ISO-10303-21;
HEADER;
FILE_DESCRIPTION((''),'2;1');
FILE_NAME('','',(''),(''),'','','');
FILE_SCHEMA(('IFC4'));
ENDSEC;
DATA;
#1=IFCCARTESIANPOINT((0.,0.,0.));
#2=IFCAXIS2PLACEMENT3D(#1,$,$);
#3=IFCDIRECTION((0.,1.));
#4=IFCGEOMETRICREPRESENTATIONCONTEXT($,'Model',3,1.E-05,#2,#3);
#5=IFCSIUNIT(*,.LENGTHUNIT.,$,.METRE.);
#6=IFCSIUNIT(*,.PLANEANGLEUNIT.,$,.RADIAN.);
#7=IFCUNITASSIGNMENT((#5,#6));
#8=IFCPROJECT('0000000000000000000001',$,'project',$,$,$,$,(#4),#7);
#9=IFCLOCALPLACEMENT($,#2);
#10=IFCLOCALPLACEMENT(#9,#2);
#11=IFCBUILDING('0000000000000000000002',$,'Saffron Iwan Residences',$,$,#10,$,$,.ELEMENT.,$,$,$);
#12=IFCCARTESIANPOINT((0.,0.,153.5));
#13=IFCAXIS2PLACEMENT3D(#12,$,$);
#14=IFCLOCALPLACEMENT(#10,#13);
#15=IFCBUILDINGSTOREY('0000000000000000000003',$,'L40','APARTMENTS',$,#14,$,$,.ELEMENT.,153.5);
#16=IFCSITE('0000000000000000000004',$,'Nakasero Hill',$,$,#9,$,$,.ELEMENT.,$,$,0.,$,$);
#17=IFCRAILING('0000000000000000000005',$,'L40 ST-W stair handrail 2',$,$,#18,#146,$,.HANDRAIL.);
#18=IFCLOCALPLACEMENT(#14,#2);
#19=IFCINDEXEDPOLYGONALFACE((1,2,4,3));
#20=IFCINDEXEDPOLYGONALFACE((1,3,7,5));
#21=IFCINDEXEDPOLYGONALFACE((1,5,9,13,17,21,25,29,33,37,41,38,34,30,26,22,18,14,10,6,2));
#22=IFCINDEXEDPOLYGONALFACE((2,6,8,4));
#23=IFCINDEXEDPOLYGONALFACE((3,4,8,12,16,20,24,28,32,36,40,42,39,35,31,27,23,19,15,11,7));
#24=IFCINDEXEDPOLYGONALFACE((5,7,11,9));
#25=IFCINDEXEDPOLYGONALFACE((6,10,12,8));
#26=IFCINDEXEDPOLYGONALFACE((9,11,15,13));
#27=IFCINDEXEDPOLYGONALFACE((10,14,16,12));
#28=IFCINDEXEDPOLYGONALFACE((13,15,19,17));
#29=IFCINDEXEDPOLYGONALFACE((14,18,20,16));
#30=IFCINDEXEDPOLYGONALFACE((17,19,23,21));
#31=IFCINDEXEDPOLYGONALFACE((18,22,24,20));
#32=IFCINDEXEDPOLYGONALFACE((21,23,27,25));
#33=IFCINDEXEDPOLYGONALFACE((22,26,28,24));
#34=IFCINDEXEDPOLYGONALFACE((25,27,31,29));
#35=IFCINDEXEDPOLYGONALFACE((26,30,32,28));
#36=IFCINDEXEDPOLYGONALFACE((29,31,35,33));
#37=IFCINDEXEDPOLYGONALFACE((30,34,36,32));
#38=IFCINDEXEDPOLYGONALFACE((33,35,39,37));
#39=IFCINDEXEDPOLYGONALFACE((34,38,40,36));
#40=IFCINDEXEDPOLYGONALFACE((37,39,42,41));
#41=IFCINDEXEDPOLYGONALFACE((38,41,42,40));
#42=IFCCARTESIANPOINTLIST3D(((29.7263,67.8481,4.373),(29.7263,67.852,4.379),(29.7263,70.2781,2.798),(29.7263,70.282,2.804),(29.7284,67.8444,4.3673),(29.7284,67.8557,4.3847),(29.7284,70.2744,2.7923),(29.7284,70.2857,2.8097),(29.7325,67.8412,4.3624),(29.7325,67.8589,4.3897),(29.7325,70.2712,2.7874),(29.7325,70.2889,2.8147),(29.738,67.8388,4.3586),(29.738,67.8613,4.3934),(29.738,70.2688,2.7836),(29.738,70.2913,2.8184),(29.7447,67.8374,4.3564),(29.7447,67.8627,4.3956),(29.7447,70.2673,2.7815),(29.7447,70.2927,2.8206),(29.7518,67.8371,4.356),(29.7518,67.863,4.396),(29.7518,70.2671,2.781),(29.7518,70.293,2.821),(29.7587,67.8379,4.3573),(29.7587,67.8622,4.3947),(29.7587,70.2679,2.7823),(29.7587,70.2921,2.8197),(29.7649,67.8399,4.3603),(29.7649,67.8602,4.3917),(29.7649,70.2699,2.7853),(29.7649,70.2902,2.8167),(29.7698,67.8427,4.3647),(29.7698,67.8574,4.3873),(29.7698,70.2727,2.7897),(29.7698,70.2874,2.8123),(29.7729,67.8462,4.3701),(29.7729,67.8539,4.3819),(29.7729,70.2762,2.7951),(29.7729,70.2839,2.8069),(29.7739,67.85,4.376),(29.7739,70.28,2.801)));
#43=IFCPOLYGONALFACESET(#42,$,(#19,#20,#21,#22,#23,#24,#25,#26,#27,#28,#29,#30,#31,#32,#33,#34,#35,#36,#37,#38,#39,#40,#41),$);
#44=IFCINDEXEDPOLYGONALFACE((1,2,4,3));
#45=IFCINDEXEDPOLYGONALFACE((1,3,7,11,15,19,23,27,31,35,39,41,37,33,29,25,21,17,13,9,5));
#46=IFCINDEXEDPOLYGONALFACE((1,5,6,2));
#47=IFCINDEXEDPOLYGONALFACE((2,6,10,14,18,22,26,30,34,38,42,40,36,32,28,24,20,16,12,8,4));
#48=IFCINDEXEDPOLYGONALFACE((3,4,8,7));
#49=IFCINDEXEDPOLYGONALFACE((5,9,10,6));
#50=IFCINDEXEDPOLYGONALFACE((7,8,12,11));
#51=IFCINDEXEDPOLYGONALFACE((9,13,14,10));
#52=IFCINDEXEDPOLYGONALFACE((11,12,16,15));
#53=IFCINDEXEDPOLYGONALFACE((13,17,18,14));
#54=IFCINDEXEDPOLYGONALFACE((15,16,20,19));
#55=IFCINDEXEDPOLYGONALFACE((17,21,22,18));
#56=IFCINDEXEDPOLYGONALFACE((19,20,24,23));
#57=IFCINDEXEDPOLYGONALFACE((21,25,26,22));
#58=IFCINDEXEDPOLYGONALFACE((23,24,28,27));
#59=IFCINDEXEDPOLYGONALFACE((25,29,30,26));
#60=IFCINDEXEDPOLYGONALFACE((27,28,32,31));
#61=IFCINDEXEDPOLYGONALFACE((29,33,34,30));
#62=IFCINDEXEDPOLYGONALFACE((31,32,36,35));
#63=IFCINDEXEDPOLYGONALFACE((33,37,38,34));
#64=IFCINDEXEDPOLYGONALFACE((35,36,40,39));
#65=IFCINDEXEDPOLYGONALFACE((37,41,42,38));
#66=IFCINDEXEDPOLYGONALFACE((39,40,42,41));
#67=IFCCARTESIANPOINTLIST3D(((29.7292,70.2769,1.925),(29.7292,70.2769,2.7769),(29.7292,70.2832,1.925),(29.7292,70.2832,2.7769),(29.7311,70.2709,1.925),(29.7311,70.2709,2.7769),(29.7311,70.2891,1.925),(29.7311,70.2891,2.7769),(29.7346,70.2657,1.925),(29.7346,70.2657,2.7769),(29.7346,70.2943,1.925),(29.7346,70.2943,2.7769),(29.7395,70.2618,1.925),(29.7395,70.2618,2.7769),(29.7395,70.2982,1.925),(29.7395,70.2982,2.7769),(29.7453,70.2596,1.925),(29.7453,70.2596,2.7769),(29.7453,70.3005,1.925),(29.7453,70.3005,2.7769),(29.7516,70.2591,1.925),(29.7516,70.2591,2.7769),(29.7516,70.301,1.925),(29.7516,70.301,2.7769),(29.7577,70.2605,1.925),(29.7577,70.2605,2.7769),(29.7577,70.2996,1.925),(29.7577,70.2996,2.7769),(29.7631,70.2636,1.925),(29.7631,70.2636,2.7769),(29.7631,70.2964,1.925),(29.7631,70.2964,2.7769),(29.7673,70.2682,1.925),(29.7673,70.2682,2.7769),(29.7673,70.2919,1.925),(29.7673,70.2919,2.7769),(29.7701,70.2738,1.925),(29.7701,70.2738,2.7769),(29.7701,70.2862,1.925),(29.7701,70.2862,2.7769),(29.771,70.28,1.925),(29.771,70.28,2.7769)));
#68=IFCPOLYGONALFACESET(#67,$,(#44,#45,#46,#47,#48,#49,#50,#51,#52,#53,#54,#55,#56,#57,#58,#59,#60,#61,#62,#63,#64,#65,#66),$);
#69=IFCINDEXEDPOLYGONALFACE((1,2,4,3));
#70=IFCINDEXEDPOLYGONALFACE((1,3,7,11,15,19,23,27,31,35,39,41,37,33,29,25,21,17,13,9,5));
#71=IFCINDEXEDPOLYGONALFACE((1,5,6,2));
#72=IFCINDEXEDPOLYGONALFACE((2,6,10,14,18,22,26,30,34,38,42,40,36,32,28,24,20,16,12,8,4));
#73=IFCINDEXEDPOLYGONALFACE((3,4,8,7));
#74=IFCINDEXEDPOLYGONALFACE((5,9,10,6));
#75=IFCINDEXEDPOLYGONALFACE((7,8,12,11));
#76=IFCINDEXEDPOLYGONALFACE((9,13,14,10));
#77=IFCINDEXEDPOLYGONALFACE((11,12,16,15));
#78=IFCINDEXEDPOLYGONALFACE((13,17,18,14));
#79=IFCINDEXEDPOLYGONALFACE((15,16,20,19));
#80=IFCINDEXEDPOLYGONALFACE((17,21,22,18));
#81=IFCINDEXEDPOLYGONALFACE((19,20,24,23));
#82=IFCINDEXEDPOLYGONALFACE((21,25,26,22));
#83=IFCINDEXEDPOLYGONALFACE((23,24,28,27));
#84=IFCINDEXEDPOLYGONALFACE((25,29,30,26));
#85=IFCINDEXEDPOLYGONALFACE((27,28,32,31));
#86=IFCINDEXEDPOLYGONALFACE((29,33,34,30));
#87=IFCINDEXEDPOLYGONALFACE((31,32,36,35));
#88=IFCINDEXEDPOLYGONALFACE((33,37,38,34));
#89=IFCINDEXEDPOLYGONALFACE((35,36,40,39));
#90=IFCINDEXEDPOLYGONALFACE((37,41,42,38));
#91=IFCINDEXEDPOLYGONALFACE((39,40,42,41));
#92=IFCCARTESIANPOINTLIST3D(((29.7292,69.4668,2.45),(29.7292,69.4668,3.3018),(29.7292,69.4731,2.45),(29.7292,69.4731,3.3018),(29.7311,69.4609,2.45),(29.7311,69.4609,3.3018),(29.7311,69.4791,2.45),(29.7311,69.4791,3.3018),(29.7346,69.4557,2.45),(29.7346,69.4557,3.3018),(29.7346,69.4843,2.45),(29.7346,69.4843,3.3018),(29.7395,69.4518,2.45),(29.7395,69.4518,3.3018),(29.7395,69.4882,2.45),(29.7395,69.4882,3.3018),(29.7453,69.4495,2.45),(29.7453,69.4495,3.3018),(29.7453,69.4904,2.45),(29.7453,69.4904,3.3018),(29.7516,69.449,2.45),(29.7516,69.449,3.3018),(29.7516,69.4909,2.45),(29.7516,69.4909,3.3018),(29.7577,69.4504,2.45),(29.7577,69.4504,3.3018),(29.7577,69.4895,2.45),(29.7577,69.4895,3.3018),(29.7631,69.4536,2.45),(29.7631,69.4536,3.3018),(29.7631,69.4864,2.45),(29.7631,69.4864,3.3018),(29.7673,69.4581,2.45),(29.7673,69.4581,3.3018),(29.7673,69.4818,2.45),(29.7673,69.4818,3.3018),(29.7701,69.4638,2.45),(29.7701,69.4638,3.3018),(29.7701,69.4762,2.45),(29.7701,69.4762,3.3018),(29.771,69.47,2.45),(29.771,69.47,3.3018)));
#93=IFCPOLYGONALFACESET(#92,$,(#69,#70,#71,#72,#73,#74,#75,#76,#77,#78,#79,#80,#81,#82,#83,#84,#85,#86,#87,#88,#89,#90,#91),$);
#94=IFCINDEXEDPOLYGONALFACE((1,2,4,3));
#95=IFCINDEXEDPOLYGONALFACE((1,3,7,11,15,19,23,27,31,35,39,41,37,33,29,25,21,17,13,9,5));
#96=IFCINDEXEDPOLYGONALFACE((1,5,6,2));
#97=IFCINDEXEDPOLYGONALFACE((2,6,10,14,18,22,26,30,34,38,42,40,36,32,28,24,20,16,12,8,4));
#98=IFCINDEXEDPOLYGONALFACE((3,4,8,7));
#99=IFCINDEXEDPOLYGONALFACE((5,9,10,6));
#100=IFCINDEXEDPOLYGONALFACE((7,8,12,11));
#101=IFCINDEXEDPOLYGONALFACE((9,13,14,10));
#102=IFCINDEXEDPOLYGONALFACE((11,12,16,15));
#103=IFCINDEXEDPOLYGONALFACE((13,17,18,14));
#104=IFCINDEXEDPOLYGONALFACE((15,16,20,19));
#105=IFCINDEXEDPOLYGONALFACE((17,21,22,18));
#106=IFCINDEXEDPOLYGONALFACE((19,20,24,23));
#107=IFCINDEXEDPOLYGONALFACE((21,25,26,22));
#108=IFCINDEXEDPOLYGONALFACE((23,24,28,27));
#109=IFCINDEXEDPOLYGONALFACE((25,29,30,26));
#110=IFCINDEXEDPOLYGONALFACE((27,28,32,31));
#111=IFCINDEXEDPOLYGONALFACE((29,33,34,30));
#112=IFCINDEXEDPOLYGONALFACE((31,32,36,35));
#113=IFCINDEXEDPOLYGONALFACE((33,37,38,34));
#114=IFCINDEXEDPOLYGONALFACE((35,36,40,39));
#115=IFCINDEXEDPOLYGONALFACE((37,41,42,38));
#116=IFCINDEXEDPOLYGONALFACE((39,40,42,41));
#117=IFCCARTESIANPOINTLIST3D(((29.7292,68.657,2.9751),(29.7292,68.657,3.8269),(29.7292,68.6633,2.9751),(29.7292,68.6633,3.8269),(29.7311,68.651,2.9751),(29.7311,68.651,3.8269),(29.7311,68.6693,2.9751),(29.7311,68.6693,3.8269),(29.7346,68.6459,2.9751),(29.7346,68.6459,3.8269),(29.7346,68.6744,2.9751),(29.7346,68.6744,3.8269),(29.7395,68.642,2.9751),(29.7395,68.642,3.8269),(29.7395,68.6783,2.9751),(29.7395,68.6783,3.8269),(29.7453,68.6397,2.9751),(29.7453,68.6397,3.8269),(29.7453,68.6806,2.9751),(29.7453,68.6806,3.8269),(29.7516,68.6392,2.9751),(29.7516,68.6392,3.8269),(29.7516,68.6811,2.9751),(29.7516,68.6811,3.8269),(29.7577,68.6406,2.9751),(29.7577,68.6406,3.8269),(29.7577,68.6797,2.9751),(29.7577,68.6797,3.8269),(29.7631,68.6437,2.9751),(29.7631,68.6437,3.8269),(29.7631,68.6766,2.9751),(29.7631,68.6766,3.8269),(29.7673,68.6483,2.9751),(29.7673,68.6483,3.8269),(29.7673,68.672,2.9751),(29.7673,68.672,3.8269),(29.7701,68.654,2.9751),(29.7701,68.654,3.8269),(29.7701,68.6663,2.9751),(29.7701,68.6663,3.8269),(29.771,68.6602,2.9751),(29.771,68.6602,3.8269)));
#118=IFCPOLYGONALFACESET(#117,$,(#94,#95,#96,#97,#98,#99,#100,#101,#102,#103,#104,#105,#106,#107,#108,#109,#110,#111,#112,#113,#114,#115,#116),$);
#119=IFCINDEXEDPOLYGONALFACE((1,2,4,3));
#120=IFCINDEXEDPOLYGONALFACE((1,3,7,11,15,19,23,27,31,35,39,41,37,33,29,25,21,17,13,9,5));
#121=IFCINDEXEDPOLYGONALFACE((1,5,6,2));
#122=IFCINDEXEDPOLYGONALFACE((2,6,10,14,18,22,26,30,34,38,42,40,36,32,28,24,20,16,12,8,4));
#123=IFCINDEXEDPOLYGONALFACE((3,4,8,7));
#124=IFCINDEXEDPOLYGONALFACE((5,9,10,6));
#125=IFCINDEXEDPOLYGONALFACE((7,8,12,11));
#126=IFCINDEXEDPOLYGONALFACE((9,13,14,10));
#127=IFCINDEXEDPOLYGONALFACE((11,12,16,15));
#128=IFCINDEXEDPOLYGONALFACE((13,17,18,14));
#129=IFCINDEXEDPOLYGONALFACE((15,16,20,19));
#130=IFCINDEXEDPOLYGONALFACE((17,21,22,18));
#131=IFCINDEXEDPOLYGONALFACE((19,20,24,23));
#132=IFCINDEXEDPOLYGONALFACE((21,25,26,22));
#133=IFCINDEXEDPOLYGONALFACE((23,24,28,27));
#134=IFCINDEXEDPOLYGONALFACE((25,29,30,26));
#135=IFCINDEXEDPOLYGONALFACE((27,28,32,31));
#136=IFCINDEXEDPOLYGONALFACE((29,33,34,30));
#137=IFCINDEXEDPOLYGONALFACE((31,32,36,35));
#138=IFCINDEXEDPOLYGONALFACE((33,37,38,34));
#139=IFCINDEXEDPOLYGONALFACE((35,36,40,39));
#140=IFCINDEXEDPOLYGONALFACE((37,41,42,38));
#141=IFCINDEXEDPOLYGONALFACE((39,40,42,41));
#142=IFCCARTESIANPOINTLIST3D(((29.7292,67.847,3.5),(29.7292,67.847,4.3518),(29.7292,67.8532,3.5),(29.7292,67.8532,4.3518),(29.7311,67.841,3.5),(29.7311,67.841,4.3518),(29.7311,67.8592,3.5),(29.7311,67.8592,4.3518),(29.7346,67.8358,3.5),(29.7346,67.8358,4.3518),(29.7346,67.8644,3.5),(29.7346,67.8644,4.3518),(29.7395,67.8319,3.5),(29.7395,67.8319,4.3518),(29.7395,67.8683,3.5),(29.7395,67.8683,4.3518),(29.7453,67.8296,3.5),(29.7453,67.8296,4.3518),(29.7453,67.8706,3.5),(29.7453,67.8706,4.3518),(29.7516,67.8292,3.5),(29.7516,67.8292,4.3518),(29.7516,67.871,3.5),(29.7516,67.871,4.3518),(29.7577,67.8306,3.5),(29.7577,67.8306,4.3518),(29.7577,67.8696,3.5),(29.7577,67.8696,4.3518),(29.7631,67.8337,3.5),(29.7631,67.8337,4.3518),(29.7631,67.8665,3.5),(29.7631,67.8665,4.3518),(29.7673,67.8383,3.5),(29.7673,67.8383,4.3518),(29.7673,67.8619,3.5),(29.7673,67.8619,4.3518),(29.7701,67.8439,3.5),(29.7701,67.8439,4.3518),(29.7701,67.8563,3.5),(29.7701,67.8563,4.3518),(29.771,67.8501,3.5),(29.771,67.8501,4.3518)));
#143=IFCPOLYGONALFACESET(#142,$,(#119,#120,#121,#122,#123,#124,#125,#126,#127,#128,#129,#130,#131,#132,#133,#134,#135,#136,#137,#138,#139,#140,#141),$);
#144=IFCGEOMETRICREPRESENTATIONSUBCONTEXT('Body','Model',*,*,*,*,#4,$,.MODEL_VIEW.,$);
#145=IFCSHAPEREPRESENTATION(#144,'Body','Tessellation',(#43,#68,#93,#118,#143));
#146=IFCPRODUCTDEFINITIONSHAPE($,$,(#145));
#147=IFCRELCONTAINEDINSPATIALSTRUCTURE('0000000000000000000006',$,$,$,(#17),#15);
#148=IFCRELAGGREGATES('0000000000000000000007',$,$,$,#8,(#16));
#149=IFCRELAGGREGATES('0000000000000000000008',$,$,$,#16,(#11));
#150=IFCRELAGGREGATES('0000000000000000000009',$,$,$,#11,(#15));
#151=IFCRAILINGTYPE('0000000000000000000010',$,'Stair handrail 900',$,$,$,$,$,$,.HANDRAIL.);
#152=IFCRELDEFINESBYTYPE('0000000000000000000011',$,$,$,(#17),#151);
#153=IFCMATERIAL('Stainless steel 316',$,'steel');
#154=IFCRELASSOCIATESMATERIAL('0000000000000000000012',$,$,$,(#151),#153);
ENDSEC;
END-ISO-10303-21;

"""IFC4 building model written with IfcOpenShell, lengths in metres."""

from ifc_helpers import new_model, si_unit, direction, frame, origin, origin_2d, place, context, subcontext, project, spatial, circle, extrude, material, type_object, element, save


model = new_model("IFC4")

# Units and contexts
model_context = context("Model", 3, precision=1e-05, world=origin(), true_north=direction((0.0, 1.0)))
body_context = subcontext(model_context, "Body", "Model", "MODEL_VIEW")
ifc_project = project(units=[si_unit("LENGTHUNIT", "METRE"), si_unit("PLANEANGLEUNIT", "RADIAN")], contexts=[model_context])

# Site, building, storey
site_placement = place(None, origin())
site = spatial("IfcSite", under=ifc_project, at=site_placement, Name="Nakasero Hill", CompositionType="ELEMENT", RefElevation=0.0)
building_placement = place(site_placement, origin())
building = spatial("IfcBuilding", under=site, at=building_placement, Name="Saffron Iwan Residences", CompositionType="ELEMENT")
storey_placement = place(building_placement, frame((0.0, 0.0, 153.5)))
storey = spatial("IfcBuildingStorey", under=building, at=storey_placement, Name="L40", Description="APARTMENTS", CompositionType="ELEMENT", Elevation=153.5)

# Railing
ifc_material_1 = material(Name="Stainless steel 316", Category="steel")
railing_type_1 = type_object("IfcRailingType", Name="Stair handrail 900", PredefinedType="HANDRAIL", material=ifc_material_1)
railing_1_placement = place(storey_placement, frame((29.75, 70.28, 1.925)))
element("IfcRailing", 1, at=railing_1_placement, inside=storey, type_object=railing_type_1, Name="L40 ST-W stair handrail 2", PredefinedType="HANDRAIL", context=body_context, shape_type="SweptSolid", body=[
    extrude(circle(Radius=0.0239, at=origin_2d()), frame((0.0, 0.0, 0.876), z_axis=(0.0, -0.839154, 0.543894), x_axis=(1.0, 0.0, 0.0)), (0.0, 0.0, 1.0), 2.8958),
    extrude(circle(Radius=0.021, at=origin_2d()), origin(), (0.0, 0.0, 1.0), 0.8518),
    extrude(circle(Radius=0.021, at=origin_2d()), frame((0.0, -0.8101, 0.5249)), (0.0, 0.0, 1.0), 0.8518),
    extrude(circle(Radius=0.021, at=origin_2d()), frame((0.0, -1.6199, 1.05)), (0.0, 0.0, 1.0), 0.8518),
    extrude(circle(Radius=0.021, at=origin_2d()), frame((0.0, -2.4299, 1.575)), (0.0, 0.0, 1.0), 0.8518),
])

save(model, "model.ifc")
